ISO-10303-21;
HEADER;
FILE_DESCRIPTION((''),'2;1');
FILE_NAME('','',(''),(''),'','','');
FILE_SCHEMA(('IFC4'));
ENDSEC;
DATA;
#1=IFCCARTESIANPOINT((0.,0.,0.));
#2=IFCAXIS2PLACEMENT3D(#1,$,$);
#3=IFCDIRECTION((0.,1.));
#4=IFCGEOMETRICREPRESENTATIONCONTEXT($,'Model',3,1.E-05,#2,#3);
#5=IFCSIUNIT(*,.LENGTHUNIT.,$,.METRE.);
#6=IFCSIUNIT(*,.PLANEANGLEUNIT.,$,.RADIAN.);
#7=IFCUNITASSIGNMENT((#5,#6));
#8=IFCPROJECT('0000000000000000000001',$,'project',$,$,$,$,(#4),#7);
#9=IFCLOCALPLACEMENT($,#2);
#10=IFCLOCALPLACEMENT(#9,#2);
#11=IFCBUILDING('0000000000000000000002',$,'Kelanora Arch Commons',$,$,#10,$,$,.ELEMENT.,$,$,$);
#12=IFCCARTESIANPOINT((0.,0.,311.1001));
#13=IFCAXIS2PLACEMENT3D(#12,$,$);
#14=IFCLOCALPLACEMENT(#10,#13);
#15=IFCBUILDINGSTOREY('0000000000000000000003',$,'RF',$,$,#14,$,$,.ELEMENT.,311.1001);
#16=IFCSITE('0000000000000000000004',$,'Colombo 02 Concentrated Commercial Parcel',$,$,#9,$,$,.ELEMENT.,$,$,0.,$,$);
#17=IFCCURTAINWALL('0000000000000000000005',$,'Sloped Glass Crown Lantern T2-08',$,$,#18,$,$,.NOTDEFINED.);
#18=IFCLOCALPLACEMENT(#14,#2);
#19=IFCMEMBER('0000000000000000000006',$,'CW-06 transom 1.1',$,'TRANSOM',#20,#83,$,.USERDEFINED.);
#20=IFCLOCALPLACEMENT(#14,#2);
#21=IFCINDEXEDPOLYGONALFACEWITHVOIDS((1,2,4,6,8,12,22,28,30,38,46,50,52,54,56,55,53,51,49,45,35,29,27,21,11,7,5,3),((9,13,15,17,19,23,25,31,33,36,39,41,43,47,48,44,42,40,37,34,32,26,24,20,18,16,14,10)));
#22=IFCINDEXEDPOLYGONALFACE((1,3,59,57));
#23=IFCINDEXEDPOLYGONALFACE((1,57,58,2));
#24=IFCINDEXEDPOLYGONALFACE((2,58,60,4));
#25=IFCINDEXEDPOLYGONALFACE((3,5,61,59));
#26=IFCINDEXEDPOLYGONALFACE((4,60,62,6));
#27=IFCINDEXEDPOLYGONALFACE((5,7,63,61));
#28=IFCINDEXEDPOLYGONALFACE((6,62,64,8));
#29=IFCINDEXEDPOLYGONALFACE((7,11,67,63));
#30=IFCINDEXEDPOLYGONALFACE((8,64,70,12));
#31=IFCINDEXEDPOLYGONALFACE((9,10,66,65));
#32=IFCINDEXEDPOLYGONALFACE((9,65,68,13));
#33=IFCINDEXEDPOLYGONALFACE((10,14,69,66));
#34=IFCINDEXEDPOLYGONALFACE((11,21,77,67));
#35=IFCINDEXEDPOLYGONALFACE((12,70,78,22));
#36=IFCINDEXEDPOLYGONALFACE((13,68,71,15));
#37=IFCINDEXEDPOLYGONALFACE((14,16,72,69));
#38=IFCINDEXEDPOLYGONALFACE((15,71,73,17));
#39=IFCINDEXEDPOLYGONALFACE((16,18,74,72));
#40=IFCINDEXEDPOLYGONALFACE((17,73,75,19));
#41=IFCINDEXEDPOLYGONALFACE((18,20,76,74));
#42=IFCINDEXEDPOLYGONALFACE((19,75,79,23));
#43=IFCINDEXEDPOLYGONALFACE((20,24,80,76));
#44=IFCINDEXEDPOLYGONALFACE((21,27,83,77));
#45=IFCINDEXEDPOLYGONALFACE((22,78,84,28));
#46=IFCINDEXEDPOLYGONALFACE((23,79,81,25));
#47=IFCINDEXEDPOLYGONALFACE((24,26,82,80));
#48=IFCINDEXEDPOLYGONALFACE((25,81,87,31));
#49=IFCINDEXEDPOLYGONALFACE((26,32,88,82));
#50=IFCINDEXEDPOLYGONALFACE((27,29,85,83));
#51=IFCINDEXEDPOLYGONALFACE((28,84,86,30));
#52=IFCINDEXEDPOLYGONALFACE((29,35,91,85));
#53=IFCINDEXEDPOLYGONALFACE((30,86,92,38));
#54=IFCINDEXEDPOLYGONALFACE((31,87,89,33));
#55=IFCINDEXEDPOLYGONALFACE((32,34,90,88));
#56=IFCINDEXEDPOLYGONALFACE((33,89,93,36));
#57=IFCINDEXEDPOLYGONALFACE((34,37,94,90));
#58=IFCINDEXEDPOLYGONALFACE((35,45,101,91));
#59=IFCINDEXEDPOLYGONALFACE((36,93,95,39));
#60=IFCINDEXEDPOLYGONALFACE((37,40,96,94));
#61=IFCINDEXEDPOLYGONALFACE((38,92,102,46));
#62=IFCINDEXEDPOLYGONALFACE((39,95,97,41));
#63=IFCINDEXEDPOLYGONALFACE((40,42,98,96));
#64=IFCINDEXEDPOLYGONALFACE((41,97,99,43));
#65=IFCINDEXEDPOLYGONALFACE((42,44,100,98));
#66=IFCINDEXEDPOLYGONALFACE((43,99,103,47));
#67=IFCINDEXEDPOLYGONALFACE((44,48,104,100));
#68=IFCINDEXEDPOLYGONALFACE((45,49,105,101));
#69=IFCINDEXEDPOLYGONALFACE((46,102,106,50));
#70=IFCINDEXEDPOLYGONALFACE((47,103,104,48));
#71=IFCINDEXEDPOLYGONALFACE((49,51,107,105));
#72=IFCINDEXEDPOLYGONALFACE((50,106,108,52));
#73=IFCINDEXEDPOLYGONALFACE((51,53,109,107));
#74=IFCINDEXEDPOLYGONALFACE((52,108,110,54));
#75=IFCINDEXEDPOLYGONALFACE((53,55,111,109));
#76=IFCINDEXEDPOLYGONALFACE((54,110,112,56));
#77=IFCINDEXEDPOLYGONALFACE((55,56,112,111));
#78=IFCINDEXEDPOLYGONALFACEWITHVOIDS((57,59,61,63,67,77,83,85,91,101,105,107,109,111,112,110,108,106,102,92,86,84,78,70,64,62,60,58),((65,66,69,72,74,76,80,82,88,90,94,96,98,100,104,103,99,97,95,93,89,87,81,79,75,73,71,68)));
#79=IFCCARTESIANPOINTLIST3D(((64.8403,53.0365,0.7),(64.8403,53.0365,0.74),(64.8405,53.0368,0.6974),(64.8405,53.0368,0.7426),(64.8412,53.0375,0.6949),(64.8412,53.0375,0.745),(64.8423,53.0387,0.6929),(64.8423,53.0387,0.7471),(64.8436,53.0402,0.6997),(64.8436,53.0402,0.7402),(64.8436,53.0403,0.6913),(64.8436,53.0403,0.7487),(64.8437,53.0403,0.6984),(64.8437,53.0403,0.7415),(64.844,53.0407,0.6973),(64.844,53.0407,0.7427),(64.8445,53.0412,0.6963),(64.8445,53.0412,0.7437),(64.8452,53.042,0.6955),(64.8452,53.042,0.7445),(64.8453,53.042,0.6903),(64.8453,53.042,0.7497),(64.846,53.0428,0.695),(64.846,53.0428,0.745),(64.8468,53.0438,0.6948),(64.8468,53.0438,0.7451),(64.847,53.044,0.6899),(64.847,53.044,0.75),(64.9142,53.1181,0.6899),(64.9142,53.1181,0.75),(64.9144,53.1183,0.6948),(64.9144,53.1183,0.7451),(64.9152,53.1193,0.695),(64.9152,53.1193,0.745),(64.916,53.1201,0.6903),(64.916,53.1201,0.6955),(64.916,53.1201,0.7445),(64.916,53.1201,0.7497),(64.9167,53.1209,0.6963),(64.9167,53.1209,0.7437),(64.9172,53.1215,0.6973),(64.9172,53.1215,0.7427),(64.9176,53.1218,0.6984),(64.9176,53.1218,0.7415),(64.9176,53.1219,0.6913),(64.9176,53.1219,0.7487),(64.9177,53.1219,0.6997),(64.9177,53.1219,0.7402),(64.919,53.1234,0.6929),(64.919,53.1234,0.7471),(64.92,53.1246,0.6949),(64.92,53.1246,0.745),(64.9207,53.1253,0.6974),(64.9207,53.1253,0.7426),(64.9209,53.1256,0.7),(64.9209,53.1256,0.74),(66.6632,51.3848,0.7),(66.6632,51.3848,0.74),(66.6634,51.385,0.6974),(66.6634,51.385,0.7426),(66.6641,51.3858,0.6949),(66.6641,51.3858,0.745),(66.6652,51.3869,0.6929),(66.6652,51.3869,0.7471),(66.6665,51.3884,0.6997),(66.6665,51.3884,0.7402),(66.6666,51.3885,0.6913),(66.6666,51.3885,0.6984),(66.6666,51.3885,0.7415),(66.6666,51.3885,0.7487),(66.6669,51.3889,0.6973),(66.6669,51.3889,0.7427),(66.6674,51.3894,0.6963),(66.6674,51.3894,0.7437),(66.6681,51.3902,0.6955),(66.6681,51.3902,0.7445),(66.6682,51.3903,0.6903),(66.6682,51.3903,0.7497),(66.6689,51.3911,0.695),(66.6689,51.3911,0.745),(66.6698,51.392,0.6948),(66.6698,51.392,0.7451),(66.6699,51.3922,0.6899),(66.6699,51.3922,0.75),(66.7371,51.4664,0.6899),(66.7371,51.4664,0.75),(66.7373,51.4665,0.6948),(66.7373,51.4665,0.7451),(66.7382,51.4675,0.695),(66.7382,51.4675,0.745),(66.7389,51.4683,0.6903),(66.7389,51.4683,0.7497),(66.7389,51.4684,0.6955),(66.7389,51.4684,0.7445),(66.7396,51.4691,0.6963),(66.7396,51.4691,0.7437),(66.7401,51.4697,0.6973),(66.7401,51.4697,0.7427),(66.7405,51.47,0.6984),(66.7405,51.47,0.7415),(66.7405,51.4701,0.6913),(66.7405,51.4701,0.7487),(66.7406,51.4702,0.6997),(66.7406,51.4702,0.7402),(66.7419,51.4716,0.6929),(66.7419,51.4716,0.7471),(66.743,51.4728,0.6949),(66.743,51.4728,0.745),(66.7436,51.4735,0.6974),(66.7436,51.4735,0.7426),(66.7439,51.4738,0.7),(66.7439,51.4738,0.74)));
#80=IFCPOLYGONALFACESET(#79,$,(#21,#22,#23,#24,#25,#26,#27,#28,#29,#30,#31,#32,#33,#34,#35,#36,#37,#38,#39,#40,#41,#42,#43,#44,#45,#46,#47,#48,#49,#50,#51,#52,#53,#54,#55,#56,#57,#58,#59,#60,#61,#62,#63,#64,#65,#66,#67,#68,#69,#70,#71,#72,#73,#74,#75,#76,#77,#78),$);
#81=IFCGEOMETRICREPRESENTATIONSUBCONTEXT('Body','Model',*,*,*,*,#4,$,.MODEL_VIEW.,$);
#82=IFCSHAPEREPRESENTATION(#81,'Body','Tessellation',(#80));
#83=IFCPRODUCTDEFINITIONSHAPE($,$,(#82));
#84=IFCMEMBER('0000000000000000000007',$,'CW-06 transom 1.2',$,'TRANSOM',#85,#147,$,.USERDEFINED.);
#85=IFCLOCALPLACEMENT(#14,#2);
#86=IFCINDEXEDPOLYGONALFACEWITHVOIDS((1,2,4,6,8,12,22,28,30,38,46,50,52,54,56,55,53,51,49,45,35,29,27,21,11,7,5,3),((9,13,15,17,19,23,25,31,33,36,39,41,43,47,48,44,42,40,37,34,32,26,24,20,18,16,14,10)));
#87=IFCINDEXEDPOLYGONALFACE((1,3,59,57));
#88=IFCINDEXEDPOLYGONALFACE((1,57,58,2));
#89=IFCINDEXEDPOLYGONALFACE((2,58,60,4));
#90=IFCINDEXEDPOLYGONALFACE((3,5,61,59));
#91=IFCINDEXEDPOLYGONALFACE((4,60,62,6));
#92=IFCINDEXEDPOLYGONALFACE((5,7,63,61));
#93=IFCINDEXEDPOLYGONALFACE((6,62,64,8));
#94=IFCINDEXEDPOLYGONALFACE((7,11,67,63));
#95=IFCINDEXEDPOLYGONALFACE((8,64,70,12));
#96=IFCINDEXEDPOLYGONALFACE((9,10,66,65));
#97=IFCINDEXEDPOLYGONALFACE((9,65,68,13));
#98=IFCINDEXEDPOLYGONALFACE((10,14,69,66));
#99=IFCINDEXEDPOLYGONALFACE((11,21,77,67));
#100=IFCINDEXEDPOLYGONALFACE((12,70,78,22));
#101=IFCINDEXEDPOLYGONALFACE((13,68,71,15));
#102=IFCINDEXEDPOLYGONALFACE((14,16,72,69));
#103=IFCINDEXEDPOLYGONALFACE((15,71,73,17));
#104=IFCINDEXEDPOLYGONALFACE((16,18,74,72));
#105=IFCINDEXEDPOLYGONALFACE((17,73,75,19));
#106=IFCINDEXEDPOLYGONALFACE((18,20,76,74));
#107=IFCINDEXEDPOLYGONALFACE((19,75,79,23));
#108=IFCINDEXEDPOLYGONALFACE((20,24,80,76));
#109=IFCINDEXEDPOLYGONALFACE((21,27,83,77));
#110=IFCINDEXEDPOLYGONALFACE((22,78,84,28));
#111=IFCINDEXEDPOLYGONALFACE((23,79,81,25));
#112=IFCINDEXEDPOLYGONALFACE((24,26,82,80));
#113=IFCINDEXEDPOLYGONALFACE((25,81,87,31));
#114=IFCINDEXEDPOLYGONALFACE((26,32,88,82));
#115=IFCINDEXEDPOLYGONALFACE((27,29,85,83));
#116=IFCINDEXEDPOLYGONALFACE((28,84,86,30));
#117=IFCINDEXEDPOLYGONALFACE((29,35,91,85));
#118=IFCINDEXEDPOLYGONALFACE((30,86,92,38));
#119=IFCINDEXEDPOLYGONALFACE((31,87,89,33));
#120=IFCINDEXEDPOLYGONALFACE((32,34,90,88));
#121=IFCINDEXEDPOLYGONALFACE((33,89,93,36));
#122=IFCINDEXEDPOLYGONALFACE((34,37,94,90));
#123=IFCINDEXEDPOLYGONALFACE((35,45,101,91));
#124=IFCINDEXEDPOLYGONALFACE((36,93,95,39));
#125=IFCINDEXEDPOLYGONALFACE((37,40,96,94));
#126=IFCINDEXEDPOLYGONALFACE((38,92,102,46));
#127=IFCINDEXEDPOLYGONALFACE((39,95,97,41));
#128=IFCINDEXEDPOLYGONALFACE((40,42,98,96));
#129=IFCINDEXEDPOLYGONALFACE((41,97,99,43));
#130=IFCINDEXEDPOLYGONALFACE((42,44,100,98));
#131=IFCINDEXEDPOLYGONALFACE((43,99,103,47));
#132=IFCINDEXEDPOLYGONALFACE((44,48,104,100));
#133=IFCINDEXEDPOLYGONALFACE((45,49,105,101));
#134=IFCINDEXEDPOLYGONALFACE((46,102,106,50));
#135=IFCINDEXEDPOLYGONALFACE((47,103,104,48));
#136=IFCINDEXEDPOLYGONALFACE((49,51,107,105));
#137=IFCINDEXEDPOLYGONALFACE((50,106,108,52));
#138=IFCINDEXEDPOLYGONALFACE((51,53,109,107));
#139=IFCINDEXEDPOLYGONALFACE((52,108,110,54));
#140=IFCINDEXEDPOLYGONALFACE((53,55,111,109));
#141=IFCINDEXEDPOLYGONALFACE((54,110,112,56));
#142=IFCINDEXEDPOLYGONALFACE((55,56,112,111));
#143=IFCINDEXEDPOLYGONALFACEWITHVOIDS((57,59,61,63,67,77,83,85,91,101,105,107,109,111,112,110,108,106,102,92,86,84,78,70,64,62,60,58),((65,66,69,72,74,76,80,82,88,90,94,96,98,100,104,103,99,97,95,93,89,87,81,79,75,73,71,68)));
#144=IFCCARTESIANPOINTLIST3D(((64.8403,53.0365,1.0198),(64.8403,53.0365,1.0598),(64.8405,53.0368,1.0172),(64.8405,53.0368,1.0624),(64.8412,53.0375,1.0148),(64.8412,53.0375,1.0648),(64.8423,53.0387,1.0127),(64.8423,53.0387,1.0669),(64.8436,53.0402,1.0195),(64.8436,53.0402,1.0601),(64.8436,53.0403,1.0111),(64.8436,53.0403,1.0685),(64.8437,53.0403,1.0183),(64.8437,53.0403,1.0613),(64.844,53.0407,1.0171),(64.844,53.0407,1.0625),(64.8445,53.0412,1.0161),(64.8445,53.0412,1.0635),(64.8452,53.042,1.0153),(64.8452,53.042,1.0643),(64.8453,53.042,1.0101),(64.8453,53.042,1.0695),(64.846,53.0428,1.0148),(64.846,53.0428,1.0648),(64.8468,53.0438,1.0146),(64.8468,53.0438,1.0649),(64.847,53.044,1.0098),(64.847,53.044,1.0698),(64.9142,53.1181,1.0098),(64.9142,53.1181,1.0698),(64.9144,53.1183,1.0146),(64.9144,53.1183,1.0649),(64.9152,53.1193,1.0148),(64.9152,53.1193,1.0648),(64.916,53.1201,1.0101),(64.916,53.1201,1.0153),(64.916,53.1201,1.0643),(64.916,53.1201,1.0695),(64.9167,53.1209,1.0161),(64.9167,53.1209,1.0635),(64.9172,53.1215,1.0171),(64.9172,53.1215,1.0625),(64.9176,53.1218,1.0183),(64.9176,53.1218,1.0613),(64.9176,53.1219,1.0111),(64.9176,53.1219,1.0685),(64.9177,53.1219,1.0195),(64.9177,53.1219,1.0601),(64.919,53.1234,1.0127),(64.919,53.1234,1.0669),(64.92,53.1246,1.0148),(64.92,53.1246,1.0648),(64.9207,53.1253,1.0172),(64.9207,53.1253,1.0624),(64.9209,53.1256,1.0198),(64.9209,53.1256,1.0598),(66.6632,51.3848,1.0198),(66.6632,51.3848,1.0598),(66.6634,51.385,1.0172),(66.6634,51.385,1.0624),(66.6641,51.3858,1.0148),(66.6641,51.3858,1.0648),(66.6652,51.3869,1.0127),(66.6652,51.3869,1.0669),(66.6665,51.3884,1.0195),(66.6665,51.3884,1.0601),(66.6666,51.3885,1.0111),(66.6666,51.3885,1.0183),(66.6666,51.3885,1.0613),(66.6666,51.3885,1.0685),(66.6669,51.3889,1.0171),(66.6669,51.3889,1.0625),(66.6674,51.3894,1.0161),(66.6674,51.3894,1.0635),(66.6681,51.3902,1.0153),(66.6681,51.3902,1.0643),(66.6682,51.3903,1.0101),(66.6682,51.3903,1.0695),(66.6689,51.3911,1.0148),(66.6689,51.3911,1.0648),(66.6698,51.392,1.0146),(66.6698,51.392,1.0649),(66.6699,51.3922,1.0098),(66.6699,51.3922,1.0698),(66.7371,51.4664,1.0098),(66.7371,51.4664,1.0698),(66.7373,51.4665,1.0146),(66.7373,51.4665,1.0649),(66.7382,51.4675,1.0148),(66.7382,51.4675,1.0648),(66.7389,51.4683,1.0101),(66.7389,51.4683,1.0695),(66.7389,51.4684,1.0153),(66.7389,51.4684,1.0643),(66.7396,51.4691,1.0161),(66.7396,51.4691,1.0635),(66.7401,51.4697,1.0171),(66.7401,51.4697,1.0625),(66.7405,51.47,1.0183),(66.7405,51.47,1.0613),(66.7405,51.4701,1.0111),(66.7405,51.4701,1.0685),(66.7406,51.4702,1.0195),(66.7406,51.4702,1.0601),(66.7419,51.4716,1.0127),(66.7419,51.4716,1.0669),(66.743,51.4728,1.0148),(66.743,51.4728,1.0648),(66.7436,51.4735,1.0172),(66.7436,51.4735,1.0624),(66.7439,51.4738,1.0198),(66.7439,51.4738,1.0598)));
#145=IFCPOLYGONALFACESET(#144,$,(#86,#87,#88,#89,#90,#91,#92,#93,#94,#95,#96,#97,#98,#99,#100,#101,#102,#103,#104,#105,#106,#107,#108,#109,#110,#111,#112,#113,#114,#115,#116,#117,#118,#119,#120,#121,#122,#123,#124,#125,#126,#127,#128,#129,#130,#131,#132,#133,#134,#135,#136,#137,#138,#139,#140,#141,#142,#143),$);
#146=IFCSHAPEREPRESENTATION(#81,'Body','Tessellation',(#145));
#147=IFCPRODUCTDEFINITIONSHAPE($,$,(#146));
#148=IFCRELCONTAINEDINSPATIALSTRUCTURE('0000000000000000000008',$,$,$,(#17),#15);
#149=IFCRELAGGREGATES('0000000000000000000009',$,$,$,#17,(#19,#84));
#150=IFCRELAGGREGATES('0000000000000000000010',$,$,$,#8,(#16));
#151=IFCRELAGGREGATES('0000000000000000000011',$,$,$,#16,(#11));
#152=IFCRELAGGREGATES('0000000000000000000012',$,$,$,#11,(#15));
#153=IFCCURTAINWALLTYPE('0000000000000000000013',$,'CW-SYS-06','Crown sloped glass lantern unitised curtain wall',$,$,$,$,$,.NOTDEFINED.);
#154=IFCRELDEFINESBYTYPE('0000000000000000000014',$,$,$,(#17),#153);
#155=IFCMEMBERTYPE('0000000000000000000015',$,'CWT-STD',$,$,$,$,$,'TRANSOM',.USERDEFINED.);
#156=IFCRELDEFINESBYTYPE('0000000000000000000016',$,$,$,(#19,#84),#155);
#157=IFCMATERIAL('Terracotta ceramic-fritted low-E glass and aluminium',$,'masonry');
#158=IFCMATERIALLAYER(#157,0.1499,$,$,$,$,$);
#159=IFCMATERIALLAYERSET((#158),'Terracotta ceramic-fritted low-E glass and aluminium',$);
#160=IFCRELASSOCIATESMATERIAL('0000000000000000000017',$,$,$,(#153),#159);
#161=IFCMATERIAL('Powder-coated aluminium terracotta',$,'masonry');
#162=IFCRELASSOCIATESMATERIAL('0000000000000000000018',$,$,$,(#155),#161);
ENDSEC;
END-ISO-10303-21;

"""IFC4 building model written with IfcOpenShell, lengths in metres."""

from ifc_helpers import new_model, si_unit, direction, frame, origin, origin_2d, place, context, subcontext, project, spatial, hollow_rectangle, extrude, material, layer, layer_set, material_profile, profile_set, type_object, element, aggregate, save


model = new_model("IFC4")

# Units and contexts
model_context = context("Model", 3, precision=1e-05, world=origin(), true_north=direction((0.0, 1.0)))
body_context = subcontext(model_context, "Body", "Model", "MODEL_VIEW")
ifc_project = project(units=[si_unit("LENGTHUNIT", "METRE"), si_unit("PLANEANGLEUNIT", "RADIAN")], contexts=[model_context])

# Site, building, storey
site_placement = place(None, origin())
site = spatial("IfcSite", under=ifc_project, at=site_placement, Name="Colombo 02 Concentrated Commercial Parcel", CompositionType="ELEMENT", RefElevation=0.0)
building_placement = place(site_placement, origin())
building = spatial("IfcBuilding", under=site, at=building_placement, Name="Kelanora Arch Commons", CompositionType="ELEMENT")
storey_placement = place(building_placement, frame((0.0, 0.0, 311.1001)))
storey = spatial("IfcBuildingStorey", under=building, at=storey_placement, Name="RF", CompositionType="ELEMENT", Elevation=311.1001)

# Shared definitions
ifc_material_1 = material(Name="Terracotta ceramic-fritted low-E glass and aluminium", Category="masonry")
ifc_layer_1 = layer(ifc_material_1, 0.1499)
ifc_layer_set_1 = layer_set([ifc_layer_1], Name="Terracotta ceramic-fritted low-E glass and aluminium")
curtain_wall_type = type_object("IfcCurtainWallType", Name="CW-SYS-06", Description="Crown sloped glass lantern unitised curtain wall", PredefinedType="NOTDEFINED", material=ifc_layer_set_1)
ifc_material_2 = material(Name="Powder-coated aluminium terracotta", Category="masonry")

# Curtain wall
curtain_wall_1_placement = place(storey_placement, origin())
curtain_wall_1 = element("IfcCurtainWall", 1, at=curtain_wall_1_placement, inside=storey, type_object=curtain_wall_type, Name="Sloped Glass Crown Lantern T2-08", PredefinedType="NOTDEFINED")

# Members
ifc_material_profile_1 = material_profile(ifc_material_2, hollow_rectangle(XDim=0.1201, YDim=0.0601, WallThickness=0.0049, InnerFilletRadius=0.0049, OuterFilletRadius=0.01, at=origin_2d()), Name="CWT120x60")
ifc_profile_set_1 = profile_set([ifc_material_profile_1], Name="Powder-coated aluminium terracotta")
member_type_1 = type_object("IfcMemberType", Name="CWT-STD", ElementType="TRANSOM", PredefinedType="USERDEFINED", material=ifc_profile_set_1)
member_1_placement = place(storey_placement, frame((64.8806, 53.0811, 0.72), z_axis=(0.741035, -0.671467, 0.0), x_axis=(0.671467, 0.741035, 0.0)))
member_1 = element("IfcMember", 2, at=member_1_placement, type_object=member_type_1, Name="CW-06 transom 1.1", ObjectType="TRANSOM", PredefinedType="USERDEFINED", context=body_context, shape_type="SweptSolid", body=[
    extrude(hollow_rectangle(XDim=0.1201, YDim=0.0601, WallThickness=0.0049, InnerFilletRadius=0.0049, OuterFilletRadius=0.01, at=origin_2d()), origin(), (0.0, 0.0, 1.0), 2.46),
])
member_2_placement = place(storey_placement, frame((64.8806, 53.0811, 1.0398), z_axis=(0.741035, -0.671467, 0.0), x_axis=(0.671467, 0.741035, 0.0)))
member_2 = element("IfcMember", 3, at=member_2_placement, type_object=member_type_1, Name="CW-06 transom 1.2", ObjectType="TRANSOM", PredefinedType="USERDEFINED", context=body_context, shape_type="SweptSolid", body=[
    extrude(hollow_rectangle(XDim=0.1201, YDim=0.0601, WallThickness=0.0049, InnerFilletRadius=0.0049, OuterFilletRadius=0.01, at=origin_2d()), origin(), (0.0, 0.0, 1.0), 2.46),
])

aggregate(curtain_wall_1, [member_1, member_2])

save(model, "model.ifc")
